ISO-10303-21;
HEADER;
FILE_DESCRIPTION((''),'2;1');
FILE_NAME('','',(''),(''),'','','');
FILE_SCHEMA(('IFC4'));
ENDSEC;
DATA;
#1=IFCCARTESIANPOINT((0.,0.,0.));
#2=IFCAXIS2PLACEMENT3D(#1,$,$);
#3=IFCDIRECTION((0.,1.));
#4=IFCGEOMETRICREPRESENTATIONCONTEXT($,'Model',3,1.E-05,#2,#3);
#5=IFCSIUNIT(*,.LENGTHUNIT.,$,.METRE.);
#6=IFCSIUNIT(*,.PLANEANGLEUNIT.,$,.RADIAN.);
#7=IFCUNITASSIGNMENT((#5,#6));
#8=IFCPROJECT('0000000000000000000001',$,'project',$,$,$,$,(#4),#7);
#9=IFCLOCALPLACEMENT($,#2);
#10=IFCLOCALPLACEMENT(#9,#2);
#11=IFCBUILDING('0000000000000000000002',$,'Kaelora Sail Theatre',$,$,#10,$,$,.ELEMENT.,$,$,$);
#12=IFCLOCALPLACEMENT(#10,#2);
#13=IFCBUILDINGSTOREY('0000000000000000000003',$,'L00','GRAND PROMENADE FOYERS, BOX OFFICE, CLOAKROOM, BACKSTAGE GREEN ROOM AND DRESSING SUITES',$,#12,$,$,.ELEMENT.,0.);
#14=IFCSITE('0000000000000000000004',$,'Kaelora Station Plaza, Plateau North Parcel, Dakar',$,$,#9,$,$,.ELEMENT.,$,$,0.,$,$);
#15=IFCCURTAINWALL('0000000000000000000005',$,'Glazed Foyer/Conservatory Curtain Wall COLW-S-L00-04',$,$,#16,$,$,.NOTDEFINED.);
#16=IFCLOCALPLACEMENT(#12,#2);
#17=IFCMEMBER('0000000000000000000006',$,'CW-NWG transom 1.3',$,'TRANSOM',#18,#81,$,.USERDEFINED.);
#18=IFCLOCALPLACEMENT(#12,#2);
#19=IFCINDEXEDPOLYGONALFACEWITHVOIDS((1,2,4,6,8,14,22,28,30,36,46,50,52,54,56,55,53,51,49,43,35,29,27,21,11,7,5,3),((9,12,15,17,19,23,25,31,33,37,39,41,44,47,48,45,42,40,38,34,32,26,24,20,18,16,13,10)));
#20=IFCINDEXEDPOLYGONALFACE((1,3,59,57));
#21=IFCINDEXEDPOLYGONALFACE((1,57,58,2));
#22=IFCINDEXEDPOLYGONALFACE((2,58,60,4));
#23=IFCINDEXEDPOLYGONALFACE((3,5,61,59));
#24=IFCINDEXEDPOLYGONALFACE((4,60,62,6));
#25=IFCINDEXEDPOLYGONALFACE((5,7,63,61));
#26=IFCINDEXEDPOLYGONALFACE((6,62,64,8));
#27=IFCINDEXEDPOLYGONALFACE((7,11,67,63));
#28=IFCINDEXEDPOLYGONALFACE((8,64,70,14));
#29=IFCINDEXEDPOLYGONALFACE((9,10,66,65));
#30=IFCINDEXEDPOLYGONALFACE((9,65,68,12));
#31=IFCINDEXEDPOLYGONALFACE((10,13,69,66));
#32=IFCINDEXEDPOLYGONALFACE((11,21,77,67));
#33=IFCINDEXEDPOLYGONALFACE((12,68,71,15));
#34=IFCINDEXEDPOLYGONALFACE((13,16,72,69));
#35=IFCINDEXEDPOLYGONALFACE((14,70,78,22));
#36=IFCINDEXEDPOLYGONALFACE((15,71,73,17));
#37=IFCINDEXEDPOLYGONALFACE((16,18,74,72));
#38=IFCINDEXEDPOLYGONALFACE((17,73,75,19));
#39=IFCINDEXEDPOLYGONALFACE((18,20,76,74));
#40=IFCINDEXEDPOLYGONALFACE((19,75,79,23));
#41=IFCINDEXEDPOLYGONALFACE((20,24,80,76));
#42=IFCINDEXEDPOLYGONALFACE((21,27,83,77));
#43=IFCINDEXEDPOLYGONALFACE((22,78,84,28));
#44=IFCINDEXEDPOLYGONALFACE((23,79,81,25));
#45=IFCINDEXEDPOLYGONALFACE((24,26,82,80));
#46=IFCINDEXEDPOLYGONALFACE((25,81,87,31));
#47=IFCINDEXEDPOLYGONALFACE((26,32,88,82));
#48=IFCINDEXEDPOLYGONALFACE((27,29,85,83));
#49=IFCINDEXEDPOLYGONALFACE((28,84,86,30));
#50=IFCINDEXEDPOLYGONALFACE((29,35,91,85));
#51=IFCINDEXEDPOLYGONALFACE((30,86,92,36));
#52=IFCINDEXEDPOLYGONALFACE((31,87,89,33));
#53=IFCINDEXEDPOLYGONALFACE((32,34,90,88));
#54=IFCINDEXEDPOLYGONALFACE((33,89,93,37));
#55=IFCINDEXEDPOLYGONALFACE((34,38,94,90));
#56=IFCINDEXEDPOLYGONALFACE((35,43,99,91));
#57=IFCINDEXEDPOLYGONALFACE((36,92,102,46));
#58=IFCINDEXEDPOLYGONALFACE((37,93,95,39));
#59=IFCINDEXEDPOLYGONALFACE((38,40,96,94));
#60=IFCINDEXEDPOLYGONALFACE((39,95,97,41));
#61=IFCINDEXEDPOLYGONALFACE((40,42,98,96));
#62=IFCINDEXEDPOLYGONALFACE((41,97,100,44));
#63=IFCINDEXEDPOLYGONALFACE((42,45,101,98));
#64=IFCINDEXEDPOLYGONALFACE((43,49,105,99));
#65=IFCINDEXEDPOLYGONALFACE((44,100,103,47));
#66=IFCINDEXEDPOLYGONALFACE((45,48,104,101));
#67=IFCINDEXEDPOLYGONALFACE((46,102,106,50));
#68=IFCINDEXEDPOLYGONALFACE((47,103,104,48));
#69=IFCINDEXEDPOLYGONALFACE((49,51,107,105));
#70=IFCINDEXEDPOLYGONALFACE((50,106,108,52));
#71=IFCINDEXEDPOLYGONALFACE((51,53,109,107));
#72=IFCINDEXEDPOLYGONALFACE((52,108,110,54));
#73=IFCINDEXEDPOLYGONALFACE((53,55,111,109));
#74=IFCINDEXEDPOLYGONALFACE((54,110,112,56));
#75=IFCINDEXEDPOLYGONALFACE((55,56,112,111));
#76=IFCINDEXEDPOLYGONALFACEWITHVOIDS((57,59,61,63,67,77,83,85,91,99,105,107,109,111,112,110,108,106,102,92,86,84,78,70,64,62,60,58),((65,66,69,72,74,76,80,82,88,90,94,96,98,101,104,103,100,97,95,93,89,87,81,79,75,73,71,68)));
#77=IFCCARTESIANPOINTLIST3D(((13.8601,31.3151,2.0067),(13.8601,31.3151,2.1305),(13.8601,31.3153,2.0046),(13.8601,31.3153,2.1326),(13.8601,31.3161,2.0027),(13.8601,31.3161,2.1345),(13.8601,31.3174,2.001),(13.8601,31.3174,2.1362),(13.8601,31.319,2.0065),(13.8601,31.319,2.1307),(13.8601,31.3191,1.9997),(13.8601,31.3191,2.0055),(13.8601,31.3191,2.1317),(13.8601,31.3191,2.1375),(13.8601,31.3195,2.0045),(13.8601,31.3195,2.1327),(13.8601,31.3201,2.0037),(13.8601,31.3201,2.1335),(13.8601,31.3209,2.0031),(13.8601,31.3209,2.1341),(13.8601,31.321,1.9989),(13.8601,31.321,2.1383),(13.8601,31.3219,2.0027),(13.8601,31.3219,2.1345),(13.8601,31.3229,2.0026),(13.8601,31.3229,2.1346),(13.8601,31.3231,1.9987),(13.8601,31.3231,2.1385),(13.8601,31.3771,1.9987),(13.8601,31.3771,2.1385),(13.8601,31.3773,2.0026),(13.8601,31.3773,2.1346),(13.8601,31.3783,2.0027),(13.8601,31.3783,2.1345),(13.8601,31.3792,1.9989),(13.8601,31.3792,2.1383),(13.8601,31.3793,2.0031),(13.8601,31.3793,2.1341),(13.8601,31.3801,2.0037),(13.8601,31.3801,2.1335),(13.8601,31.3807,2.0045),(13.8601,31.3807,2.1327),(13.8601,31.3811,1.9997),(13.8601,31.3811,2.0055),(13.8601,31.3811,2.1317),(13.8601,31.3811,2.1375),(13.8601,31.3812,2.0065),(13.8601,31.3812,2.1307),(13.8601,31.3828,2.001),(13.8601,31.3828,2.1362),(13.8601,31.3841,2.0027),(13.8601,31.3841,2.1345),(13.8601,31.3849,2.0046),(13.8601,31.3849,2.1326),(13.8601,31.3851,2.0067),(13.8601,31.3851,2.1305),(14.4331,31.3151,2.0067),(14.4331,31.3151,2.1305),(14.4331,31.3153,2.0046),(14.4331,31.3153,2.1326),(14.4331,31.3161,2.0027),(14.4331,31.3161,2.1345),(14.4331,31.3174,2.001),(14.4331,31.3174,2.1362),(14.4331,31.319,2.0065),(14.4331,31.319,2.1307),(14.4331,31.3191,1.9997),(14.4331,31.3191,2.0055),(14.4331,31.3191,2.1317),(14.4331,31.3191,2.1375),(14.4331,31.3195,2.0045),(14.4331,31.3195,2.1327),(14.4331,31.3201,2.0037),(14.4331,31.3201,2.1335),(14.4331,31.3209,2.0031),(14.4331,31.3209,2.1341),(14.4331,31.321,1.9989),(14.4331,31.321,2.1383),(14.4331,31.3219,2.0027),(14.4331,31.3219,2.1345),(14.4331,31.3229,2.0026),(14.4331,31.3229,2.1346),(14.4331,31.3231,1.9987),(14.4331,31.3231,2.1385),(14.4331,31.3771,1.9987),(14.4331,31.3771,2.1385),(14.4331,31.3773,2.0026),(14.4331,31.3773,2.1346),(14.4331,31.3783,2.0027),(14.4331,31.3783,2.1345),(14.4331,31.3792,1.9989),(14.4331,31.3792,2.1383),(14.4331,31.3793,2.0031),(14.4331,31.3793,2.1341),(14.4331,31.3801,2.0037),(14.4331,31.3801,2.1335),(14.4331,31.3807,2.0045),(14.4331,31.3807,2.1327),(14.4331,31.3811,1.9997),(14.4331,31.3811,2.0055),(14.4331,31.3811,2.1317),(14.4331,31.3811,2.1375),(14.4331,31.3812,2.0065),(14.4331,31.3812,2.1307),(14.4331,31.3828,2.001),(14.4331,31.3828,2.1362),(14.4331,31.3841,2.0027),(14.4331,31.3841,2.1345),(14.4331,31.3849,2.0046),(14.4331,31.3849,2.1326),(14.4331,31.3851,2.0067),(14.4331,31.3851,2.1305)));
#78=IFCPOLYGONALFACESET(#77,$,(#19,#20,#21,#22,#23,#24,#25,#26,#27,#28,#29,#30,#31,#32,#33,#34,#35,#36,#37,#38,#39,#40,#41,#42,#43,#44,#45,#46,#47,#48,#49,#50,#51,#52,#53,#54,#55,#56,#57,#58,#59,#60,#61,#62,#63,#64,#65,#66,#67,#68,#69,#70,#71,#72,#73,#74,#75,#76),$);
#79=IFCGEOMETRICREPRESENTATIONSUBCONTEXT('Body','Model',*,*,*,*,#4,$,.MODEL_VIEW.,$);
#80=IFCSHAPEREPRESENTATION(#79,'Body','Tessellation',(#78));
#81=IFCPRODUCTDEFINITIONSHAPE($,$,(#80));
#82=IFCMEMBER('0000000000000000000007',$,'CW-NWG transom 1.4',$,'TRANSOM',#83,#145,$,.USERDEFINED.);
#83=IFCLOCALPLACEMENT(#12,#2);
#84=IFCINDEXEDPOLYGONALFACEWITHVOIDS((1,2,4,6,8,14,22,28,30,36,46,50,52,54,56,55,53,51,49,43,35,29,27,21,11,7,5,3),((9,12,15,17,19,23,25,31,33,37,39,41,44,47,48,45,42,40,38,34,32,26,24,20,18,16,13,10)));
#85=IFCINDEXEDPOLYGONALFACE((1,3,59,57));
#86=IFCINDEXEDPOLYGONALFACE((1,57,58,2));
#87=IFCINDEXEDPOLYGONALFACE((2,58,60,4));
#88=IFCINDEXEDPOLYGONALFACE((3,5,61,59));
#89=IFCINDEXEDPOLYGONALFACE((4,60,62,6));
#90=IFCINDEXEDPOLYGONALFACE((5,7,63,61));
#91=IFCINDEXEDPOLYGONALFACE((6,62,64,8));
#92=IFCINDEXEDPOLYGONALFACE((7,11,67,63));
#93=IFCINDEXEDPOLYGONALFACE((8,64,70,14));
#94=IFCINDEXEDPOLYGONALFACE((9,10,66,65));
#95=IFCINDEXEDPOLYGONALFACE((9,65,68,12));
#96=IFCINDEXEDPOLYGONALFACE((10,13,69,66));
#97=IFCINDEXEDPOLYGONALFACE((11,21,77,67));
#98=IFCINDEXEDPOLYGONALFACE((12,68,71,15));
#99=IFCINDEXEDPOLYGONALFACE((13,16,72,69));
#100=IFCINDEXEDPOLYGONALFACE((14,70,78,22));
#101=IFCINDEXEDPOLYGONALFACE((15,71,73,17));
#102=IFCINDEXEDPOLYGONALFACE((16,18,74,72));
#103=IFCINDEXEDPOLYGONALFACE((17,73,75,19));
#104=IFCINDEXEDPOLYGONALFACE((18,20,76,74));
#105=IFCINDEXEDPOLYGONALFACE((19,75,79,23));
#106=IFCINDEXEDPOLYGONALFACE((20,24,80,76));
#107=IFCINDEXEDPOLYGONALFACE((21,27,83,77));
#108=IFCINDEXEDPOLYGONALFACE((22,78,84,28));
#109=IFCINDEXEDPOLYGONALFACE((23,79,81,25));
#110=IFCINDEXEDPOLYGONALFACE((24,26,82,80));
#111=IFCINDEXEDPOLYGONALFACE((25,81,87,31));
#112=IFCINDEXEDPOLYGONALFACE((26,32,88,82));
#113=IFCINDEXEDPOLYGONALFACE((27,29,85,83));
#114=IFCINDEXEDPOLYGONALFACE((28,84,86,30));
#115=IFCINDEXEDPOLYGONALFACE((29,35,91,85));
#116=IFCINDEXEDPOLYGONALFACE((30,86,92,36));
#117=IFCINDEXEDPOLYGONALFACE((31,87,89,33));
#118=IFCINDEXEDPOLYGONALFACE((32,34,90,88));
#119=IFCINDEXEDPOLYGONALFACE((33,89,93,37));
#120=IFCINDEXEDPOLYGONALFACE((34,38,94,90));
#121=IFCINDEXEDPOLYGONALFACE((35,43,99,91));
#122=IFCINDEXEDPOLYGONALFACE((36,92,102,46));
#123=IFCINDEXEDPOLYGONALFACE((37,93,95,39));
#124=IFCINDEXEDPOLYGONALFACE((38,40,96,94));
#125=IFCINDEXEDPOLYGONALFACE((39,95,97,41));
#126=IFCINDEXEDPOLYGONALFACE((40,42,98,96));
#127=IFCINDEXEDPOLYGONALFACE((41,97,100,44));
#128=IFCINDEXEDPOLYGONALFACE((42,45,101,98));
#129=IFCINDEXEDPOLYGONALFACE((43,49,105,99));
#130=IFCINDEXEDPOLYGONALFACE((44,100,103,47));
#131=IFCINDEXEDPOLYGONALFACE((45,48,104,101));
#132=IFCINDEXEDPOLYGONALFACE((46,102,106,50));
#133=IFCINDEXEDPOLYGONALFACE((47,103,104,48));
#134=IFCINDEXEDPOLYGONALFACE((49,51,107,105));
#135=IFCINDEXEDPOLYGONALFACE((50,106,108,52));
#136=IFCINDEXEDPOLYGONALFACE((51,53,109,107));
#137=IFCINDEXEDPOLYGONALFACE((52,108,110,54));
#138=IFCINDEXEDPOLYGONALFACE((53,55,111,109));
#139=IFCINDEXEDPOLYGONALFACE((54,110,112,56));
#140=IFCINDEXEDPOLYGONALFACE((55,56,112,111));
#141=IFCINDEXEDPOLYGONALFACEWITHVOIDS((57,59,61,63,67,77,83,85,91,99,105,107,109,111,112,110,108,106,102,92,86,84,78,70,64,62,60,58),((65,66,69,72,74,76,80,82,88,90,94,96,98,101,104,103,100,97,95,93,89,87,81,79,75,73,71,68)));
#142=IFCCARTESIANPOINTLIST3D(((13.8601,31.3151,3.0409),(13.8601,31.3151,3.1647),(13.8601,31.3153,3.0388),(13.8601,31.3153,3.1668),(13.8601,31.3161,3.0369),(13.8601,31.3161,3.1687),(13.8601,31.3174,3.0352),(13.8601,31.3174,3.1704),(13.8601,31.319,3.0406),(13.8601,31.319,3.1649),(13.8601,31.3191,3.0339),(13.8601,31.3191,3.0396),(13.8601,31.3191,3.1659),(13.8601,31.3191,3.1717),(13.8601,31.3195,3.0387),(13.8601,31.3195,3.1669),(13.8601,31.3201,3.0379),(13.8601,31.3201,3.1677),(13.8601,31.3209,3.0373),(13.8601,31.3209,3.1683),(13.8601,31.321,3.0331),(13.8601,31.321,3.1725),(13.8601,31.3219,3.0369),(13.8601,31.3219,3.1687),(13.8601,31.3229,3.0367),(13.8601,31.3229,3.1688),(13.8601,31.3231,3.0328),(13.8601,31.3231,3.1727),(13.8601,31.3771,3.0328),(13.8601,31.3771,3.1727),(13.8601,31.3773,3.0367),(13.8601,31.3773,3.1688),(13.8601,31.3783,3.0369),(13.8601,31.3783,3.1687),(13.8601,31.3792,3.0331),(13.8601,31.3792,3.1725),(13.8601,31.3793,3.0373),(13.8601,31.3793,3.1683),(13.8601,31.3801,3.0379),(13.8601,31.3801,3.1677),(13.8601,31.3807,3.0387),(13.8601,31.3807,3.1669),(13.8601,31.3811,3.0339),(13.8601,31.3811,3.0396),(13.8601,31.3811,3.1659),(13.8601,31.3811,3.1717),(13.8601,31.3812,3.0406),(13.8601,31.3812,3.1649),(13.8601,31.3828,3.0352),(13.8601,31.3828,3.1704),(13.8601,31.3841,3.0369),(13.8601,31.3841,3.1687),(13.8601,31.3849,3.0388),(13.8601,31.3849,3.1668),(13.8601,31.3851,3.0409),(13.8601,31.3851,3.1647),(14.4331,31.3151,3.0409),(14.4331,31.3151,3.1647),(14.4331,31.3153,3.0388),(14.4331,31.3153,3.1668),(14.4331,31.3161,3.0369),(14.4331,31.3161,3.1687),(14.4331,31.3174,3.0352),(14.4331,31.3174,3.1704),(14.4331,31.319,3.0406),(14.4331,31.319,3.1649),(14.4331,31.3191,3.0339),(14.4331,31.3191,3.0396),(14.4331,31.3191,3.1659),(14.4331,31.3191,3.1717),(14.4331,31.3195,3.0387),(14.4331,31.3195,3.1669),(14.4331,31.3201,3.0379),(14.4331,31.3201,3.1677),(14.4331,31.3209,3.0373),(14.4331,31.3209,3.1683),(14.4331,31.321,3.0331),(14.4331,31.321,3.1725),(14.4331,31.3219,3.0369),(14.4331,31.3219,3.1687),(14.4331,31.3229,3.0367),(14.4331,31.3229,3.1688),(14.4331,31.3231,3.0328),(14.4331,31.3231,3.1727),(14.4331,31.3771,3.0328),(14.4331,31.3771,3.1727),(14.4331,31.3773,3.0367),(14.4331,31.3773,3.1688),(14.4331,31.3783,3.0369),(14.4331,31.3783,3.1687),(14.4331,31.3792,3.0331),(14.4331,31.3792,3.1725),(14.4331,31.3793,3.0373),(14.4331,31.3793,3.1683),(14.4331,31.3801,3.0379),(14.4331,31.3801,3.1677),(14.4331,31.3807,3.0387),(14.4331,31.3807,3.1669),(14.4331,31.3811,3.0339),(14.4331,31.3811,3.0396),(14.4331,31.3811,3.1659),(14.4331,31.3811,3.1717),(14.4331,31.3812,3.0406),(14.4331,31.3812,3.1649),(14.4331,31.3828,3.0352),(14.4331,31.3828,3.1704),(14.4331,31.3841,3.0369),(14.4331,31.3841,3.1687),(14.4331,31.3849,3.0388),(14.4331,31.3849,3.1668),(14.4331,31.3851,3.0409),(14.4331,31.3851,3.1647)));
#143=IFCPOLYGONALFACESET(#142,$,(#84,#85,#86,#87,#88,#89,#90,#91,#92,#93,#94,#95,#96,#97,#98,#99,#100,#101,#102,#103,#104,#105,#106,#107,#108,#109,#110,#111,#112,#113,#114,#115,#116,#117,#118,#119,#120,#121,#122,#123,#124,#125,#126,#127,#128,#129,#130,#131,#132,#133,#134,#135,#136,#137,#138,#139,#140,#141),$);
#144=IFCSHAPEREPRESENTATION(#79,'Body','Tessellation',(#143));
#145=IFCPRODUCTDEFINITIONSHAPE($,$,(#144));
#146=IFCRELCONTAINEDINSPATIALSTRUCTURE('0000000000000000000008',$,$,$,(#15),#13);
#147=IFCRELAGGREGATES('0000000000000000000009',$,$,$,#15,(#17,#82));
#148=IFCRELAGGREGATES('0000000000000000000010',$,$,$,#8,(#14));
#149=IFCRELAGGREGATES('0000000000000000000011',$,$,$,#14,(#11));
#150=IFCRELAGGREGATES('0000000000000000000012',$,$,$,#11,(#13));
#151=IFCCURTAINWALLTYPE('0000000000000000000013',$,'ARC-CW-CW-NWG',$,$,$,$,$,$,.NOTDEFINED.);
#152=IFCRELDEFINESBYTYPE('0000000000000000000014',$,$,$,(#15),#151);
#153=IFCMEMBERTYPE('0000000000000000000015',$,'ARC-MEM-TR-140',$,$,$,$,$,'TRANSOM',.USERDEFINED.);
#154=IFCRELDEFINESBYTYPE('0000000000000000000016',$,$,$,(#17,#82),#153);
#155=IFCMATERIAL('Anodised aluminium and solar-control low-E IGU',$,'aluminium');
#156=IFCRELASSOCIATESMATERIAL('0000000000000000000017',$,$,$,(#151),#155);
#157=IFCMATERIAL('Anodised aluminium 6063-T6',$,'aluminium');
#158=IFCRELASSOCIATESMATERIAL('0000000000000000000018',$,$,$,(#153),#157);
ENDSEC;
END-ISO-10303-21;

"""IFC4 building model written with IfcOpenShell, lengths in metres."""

from ifc_helpers import new_model, si_unit, direction, frame, origin, origin_2d, place, context, subcontext, project, spatial, hollow_rectangle, extrude, material, material_profile, profile_set, type_object, element, aggregate, save


model = new_model("IFC4")

# Units and contexts
model_context = context("Model", 3, precision=1e-05, world=origin(), true_north=direction((0.0, 1.0)))
body_context = subcontext(model_context, "Body", "Model", "MODEL_VIEW")
ifc_project = project(units=[si_unit("LENGTHUNIT", "METRE"), si_unit("PLANEANGLEUNIT", "RADIAN")], contexts=[model_context])

# Site, building, storey
site_placement = place(None, origin())
site = spatial("IfcSite", under=ifc_project, at=site_placement, Name="Kaelora Station Plaza, Plateau North Parcel, Dakar", CompositionType="ELEMENT", RefElevation=0.0)
building_placement = place(site_placement, origin())
building = spatial("IfcBuilding", under=site, at=building_placement, Name="Kaelora Sail Theatre", CompositionType="ELEMENT")
storey_placement = place(building_placement, origin())
storey = spatial("IfcBuildingStorey", under=building, at=storey_placement, Name="L00", Description="GRAND PROMENADE FOYERS, BOX OFFICE, CLOAKROOM, BACKSTAGE GREEN ROOM AND DRESSING SUITES", CompositionType="ELEMENT", Elevation=0.0)

# Curtain wall, members
ifc_material_1 = material(Name="Anodised aluminium and solar-control low-E IGU", Category="aluminium")
curtain_wall_type = type_object("IfcCurtainWallType", Name="ARC-CW-CW-NWG", PredefinedType="NOTDEFINED", material=ifc_material_1)
ifc_material_2 = material(Name="Anodised aluminium 6063-T6", Category="aluminium")
ifc_material_profile = material_profile(ifc_material_2, hollow_rectangle(XDim=0.0701, YDim=0.1399, WallThickness=0.0039, InnerFilletRadius=0.0039, OuterFilletRadius=0.0081, at=origin_2d()), Name="ALU-TRAN 70x140x4")
ifc_profile_set = profile_set([ifc_material_profile], Name="Anodised aluminium 6063-T6")
member_type = type_object("IfcMemberType", Name="ARC-MEM-TR-140", ElementType="TRANSOM", PredefinedType="USERDEFINED", material=ifc_profile_set)
curtain_wall_1_placement = place(storey_placement, origin())
curtain_wall_1 = element("IfcCurtainWall", 1, at=curtain_wall_1_placement, inside=storey, type_object=curtain_wall_type, Name="Glazed Foyer/Conservatory Curtain Wall COLW-S-L00-04", PredefinedType="NOTDEFINED")
member_1_placement = place(storey_placement, frame((13.8601, 31.3501, 2.0686), z_axis=(1.0, 0.0, 0.0), x_axis=(0.0, 1.0, 0.0)))
member_1 = element("IfcMember", 2, at=member_1_placement, type_object=member_type, Name="CW-NWG transom 1.3", ObjectType="TRANSOM", PredefinedType="USERDEFINED", context=body_context, shape_type="SweptSolid", body=[
    extrude(hollow_rectangle(XDim=0.0701, YDim=0.1399, WallThickness=0.0039, InnerFilletRadius=0.0039, OuterFilletRadius=0.0081, at=origin_2d()), origin(), (0.0, 0.0, 1.0), 0.573),
])
member_2_placement = place(storey_placement, frame((13.8601, 31.3501, 3.1028), z_axis=(1.0, 0.0, 0.0), x_axis=(0.0, 1.0, 0.0)))
member_2 = element("IfcMember", 3, at=member_2_placement, type_object=member_type, Name="CW-NWG transom 1.4", ObjectType="TRANSOM", PredefinedType="USERDEFINED", context=body_context, shape_type="SweptSolid", body=[
    extrude(hollow_rectangle(XDim=0.0701, YDim=0.1399, WallThickness=0.0039, InnerFilletRadius=0.0039, OuterFilletRadius=0.0081, at=origin_2d()), origin(), (0.0, 0.0, 1.0), 0.573),
])

aggregate(curtain_wall_1, [member_1, member_2])

save(model, "model.ifc")
